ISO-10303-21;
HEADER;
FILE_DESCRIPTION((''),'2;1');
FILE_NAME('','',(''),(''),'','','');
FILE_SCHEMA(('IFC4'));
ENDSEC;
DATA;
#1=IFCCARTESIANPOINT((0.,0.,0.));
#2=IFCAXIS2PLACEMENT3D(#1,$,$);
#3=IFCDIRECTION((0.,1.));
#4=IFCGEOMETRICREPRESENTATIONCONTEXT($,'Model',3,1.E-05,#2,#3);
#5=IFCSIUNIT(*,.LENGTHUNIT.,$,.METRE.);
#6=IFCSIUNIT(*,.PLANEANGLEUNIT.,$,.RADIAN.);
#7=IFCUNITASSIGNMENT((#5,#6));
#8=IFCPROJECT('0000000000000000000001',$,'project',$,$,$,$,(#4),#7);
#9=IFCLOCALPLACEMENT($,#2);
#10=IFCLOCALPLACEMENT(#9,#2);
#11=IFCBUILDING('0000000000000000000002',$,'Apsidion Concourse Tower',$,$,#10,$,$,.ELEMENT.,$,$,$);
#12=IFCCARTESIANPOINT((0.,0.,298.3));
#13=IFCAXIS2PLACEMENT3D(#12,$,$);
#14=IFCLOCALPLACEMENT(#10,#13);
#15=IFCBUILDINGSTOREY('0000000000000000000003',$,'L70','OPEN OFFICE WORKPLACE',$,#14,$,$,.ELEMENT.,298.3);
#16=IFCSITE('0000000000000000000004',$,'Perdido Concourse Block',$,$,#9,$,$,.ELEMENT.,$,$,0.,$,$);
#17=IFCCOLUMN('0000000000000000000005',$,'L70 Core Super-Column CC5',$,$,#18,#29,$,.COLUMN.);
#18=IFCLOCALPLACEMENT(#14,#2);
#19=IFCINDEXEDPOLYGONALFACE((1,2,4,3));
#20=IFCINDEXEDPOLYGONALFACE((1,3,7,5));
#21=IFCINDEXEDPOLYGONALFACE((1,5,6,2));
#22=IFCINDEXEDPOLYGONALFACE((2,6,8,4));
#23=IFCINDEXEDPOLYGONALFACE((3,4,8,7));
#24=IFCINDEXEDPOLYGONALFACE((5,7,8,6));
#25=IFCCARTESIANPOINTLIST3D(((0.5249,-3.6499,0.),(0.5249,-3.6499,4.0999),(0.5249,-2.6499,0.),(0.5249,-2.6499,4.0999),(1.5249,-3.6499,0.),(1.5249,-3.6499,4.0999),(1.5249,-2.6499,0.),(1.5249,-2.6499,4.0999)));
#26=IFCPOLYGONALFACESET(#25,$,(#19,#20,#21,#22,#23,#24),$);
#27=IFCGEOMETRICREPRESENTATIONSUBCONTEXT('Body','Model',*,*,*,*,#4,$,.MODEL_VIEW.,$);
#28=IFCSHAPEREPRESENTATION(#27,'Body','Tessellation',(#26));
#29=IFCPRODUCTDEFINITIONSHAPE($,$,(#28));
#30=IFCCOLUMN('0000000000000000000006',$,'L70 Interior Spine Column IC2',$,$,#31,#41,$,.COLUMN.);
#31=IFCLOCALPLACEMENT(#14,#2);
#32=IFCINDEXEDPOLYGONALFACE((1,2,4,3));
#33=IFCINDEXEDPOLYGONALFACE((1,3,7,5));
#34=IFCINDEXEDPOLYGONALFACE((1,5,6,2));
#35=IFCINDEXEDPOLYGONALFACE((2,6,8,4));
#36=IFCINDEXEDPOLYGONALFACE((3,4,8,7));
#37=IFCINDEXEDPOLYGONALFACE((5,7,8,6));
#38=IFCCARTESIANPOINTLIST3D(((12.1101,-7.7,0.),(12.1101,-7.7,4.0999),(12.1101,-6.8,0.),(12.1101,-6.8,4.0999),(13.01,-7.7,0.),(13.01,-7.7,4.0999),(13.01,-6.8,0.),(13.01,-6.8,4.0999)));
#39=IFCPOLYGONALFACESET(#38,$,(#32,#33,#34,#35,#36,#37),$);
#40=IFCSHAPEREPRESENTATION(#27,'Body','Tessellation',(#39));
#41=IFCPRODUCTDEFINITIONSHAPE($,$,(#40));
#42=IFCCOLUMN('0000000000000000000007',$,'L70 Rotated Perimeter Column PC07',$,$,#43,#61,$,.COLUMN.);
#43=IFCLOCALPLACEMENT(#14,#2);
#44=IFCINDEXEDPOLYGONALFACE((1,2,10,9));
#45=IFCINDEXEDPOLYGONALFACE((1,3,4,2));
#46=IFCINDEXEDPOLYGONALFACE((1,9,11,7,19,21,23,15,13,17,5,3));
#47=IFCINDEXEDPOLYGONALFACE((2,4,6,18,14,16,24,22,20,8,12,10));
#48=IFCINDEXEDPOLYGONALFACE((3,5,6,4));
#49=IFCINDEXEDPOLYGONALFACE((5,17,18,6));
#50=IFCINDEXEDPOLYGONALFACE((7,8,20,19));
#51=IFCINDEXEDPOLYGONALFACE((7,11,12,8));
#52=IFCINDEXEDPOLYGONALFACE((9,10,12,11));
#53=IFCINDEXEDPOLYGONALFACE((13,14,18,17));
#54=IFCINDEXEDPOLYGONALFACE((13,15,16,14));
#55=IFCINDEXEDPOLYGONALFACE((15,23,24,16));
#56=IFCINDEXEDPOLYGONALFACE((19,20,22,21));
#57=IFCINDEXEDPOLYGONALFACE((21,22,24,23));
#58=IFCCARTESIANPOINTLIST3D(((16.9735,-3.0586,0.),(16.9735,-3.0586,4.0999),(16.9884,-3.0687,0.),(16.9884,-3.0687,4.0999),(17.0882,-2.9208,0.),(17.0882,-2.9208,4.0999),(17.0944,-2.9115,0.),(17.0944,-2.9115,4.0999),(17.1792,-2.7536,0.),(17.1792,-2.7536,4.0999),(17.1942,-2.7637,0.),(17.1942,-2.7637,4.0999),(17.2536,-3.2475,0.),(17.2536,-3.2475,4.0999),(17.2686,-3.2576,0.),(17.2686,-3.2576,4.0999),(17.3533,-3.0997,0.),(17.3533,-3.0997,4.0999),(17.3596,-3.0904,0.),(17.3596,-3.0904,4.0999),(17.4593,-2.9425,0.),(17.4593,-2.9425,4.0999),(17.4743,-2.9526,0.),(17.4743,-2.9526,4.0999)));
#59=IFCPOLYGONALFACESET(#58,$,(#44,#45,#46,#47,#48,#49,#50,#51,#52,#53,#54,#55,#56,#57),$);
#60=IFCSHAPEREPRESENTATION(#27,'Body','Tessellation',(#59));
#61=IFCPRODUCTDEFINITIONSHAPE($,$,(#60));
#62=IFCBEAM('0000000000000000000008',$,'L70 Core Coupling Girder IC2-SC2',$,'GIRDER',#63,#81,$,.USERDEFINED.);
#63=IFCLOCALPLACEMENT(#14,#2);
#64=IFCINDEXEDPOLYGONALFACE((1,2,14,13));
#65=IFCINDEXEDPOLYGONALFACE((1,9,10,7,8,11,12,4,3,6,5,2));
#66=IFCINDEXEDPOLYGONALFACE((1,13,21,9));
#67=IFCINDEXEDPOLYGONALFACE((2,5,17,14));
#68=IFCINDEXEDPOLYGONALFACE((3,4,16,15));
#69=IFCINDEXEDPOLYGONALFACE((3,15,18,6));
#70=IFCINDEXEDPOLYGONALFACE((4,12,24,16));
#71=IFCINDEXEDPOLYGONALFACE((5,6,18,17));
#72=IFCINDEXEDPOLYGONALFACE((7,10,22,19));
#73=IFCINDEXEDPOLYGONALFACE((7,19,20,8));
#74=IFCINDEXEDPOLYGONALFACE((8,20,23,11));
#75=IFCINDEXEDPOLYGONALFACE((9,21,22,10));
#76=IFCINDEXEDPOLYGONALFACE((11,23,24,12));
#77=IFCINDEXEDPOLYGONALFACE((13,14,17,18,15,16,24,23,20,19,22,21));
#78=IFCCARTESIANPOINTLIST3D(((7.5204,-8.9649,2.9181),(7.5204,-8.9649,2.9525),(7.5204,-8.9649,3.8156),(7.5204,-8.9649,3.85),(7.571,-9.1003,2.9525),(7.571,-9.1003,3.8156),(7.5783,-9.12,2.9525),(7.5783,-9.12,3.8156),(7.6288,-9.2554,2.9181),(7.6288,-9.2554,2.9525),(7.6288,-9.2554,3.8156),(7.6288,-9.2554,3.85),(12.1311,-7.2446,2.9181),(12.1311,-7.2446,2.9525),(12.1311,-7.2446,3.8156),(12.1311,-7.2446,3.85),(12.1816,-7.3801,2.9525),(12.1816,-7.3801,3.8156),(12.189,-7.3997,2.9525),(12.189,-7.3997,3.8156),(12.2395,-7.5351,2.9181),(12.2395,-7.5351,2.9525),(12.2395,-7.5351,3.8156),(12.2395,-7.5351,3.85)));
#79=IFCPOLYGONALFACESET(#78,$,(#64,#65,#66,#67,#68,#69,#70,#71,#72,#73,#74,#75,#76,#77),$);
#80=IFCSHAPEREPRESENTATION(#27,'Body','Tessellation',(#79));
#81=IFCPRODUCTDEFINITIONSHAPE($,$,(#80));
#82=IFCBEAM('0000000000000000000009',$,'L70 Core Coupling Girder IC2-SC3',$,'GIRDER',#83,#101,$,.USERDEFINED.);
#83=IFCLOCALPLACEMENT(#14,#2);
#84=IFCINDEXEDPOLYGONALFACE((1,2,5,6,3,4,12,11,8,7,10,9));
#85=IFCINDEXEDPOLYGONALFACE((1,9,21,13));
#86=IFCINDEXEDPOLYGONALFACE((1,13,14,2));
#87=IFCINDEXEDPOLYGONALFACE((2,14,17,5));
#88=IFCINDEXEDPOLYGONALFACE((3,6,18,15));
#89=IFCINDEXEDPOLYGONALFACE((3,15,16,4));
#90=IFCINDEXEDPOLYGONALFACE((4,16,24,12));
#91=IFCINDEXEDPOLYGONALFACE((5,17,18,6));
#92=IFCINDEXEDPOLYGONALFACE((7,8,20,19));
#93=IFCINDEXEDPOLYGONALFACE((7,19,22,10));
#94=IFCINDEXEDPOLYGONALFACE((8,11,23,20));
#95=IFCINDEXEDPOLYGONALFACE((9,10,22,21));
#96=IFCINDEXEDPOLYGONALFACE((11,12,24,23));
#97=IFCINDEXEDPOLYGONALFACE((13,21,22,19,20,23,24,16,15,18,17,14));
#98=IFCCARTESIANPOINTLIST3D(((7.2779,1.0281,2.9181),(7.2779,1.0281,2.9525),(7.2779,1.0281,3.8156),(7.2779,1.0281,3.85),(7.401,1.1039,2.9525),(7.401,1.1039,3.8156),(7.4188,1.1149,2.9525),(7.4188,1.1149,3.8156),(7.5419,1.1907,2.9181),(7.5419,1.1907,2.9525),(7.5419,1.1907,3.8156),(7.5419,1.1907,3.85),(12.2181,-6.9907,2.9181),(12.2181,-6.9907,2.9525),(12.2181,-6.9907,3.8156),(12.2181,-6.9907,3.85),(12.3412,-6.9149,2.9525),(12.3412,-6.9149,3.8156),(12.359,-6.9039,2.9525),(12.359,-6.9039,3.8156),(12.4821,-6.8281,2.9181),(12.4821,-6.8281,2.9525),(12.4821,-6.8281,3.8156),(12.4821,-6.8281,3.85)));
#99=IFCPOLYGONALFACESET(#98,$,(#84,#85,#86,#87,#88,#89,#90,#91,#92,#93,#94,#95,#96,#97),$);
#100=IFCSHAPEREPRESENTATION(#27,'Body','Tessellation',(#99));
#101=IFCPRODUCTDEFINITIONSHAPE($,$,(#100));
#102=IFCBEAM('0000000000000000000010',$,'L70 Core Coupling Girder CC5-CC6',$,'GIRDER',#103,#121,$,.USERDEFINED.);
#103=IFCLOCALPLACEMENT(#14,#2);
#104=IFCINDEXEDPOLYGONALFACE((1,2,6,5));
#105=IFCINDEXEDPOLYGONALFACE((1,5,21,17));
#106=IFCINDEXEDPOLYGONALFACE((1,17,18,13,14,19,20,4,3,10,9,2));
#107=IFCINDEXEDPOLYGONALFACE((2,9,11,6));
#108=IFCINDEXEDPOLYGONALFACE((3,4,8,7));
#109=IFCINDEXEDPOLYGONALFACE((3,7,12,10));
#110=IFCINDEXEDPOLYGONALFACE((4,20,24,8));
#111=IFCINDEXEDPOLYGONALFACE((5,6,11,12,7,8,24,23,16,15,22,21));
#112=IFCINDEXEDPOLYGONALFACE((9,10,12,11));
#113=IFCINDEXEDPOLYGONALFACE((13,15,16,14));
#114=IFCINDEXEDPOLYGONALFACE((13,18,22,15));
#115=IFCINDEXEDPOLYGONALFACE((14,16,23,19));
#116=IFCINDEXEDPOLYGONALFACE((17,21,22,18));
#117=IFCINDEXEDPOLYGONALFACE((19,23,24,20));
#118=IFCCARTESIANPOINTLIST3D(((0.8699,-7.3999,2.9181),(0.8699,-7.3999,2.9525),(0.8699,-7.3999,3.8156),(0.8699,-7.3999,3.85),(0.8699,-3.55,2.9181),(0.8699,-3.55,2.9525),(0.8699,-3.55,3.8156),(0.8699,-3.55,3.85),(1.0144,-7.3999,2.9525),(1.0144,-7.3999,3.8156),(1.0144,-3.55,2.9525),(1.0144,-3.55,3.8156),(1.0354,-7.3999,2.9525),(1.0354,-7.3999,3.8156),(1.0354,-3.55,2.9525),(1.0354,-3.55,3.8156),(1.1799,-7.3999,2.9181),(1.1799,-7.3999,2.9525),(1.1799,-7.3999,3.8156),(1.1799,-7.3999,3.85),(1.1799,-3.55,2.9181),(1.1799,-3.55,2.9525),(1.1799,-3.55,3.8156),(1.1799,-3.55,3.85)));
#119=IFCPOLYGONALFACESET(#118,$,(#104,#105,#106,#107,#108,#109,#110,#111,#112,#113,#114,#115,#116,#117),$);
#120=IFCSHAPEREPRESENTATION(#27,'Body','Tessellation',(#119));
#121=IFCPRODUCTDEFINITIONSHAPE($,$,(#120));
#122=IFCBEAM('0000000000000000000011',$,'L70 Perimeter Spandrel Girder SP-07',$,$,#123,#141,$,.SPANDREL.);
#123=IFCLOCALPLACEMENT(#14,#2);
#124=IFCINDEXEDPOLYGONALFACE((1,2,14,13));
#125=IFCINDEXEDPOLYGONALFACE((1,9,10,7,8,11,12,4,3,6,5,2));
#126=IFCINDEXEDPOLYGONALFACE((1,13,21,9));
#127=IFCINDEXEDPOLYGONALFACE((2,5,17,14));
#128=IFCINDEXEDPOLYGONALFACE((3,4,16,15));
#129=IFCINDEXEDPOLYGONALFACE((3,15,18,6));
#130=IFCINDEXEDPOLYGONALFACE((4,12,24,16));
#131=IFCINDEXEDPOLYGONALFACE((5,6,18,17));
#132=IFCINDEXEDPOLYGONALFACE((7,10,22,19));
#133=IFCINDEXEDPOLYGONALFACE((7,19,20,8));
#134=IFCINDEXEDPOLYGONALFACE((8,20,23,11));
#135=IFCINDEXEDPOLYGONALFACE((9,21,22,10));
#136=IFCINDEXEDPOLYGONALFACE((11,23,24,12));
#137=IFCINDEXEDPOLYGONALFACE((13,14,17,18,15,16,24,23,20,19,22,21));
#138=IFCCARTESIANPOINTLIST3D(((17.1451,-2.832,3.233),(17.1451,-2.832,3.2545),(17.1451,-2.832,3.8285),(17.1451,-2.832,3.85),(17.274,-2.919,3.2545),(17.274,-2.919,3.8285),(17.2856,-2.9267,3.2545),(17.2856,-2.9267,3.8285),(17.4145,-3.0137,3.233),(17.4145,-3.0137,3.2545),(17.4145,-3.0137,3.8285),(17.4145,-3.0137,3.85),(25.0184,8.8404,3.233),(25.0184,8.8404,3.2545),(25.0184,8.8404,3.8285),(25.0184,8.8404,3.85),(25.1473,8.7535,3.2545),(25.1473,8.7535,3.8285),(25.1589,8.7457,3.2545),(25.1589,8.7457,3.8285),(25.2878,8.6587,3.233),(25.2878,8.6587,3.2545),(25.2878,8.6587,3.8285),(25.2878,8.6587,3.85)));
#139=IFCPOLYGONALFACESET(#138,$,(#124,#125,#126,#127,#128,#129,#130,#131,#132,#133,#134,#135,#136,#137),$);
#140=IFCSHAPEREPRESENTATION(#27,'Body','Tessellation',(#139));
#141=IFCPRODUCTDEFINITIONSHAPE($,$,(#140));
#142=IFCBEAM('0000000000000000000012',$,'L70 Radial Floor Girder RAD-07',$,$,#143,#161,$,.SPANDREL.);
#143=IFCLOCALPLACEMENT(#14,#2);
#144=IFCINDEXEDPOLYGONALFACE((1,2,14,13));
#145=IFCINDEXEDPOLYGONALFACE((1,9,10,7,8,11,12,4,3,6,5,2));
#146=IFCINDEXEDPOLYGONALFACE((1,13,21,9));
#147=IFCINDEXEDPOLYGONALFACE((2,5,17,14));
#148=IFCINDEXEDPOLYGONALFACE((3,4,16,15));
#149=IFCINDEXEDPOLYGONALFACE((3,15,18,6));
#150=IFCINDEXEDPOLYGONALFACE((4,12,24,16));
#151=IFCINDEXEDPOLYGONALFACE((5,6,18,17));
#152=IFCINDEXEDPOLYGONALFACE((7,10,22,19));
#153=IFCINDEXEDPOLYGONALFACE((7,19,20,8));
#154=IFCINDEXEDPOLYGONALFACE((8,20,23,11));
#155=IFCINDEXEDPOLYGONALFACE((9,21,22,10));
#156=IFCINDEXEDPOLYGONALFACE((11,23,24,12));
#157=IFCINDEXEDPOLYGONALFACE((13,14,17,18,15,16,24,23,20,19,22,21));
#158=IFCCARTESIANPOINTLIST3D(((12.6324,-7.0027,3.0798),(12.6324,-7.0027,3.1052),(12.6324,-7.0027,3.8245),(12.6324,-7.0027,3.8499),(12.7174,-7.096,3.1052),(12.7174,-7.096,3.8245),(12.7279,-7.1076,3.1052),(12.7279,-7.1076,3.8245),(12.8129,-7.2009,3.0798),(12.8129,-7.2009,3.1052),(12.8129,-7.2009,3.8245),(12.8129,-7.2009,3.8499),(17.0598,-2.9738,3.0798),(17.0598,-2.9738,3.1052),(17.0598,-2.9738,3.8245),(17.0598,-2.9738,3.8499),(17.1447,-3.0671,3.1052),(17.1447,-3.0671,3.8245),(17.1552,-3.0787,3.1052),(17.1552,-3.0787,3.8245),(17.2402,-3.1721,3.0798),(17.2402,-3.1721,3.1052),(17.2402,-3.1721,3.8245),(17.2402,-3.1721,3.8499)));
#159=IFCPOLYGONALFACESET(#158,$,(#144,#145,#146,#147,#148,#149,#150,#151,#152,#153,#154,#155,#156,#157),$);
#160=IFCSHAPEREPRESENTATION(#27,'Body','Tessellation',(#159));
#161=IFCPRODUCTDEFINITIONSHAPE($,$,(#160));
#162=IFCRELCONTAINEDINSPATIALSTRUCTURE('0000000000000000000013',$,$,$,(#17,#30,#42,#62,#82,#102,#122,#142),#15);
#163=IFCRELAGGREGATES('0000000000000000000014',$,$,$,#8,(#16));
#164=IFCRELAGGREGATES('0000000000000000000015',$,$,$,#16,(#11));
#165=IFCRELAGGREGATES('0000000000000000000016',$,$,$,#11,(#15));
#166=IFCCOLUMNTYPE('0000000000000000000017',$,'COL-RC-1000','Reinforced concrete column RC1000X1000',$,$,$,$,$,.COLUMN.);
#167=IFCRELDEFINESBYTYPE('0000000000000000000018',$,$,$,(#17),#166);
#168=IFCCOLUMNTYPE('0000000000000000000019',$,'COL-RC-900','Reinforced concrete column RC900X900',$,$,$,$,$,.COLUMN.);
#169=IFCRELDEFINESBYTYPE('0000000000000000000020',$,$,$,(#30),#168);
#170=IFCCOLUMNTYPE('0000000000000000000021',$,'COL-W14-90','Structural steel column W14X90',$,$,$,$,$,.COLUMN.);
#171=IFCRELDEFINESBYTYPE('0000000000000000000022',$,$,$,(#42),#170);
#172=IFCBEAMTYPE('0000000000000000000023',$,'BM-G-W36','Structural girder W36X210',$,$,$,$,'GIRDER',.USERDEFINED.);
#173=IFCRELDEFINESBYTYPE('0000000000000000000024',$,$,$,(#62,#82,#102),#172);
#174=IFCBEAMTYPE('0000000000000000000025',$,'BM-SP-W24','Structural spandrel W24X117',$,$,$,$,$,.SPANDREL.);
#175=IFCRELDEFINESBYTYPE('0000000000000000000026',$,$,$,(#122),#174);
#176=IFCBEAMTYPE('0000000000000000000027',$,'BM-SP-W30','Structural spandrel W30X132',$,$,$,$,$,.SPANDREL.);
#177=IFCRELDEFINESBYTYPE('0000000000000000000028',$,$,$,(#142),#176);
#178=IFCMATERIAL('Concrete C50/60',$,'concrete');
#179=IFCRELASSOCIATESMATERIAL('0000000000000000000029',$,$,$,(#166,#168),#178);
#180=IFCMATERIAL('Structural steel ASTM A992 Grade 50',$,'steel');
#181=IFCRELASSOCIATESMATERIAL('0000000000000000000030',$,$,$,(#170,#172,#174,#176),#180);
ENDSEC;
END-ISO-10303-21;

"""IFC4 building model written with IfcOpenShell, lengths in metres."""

from ifc_helpers import new_model, si_unit, direction, frame, origin, origin_2d, place, context, subcontext, project, spatial, rectangle, i_section, extrude, material, material_profile, profile_set, type_object, element, save


model = new_model("IFC4")

# Units and contexts
model_context = context("Model", 3, precision=1e-05, world=origin(), true_north=direction((0.0, 1.0)))
body_context = subcontext(model_context, "Body", "Model", "MODEL_VIEW")
ifc_project = project(units=[si_unit("LENGTHUNIT", "METRE"), si_unit("PLANEANGLEUNIT", "RADIAN")], contexts=[model_context])

# Site, building, storey
site_placement = place(None, origin())
site = spatial("IfcSite", under=ifc_project, at=site_placement, Name="Perdido Concourse Block", CompositionType="ELEMENT", RefElevation=0.0)
building_placement = place(site_placement, origin())
building = spatial("IfcBuilding", under=site, at=building_placement, Name="Apsidion Concourse Tower", CompositionType="ELEMENT")
storey_placement = place(building_placement, frame((0.0, 0.0, 298.3)))
storey = spatial("IfcBuildingStorey", under=building, at=storey_placement, Name="L70", Description="OPEN OFFICE WORKPLACE", CompositionType="ELEMENT", Elevation=298.3)

# Columns
ifc_material_1 = material(Name="Concrete C50/60", Category="concrete")
ifc_material_profile_1 = material_profile(ifc_material_1, rectangle(XDim=1.0, YDim=1.0, at=origin_2d()), Name="RC 1000x1000")
ifc_profile_set_1 = profile_set([ifc_material_profile_1], Name="Concrete C50/60")
column_type_1 = type_object("IfcColumnType", Name="COL-RC-1000", Description="Reinforced concrete column RC1000X1000", PredefinedType="COLUMN", material=ifc_profile_set_1)
column_1_placement = place(storey_placement, frame((1.0249, -3.1499, 0.0), z_axis=(0.0, 0.0, 1.0), x_axis=(1.0, 0.0, 0.0)))
element("IfcColumn", 1, at=column_1_placement, inside=storey, type_object=column_type_1, Name="L70 Core Super-Column CC5", PredefinedType="COLUMN", context=body_context, shape_type="SweptSolid", body=[
    extrude(rectangle(XDim=1.0, YDim=1.0, at=origin_2d()), origin(), (0.0, 0.0, 1.0), 4.0999),
])
ifc_material_profile_2 = material_profile(ifc_material_1, rectangle(XDim=0.8999, YDim=0.8999, at=origin_2d()), Name="RC 900x900")
ifc_profile_set_2 = profile_set([ifc_material_profile_2], Name="Concrete C50/60")
column_type_2 = type_object("IfcColumnType", Name="COL-RC-900", Description="Reinforced concrete column RC900X900", PredefinedType="COLUMN", material=ifc_profile_set_2)
column_2_placement = place(storey_placement, frame((12.5601, -7.25, 0.0), z_axis=(0.0, 0.0, 1.0), x_axis=(1.0, 0.0, 0.0)))
element("IfcColumn", 2, at=column_2_placement, inside=storey, type_object=column_type_2, Name="L70 Interior Spine Column IC2", PredefinedType="COLUMN", context=body_context, shape_type="SweptSolid", body=[
    extrude(rectangle(XDim=0.8999, YDim=0.8999, at=origin_2d()), origin(), (0.0, 0.0, 1.0), 4.0999),
])
ifc_material_2 = material(Name="Structural steel ASTM A992 Grade 50", Category="steel")
ifc_material_profile_3 = material_profile(ifc_material_2, i_section(OverallWidth=0.3679, OverallDepth=0.356, WebThickness=0.0112, FlangeThickness=0.0181, at=origin_2d()), Name="W14X90")
ifc_profile_set_3 = profile_set([ifc_material_profile_3], Name="Structural steel ASTM A992 Grade 50")
column_type_3 = type_object("IfcColumnType", Name="COL-W14-90", Description="Structural steel column W14X90", PredefinedType="COLUMN", material=ifc_profile_set_3)
column_3_placement = place(storey_placement, frame((17.2239, -3.0056, 0.0), z_axis=(0.0, 0.0, 1.0), x_axis=(0.559193, 0.829038, 0.0)))
element("IfcColumn", 3, at=column_3_placement, inside=storey, type_object=column_type_3, Name="L70 Rotated Perimeter Column PC07", PredefinedType="COLUMN", context=body_context, shape_type="SweptSolid", body=[
    extrude(i_section(OverallWidth=0.3679, OverallDepth=0.356, WebThickness=0.0112, FlangeThickness=0.0181, at=origin_2d()), origin(), (0.0, 0.0, 1.0), 4.0999),
])

# Beams
ifc_material_profile_4 = material_profile(ifc_material_2, i_section(OverallWidth=0.3101, OverallDepth=0.9319, WebThickness=0.021, FlangeThickness=0.0344, at=origin_2d()), Name="W36X210")
ifc_profile_set_4 = profile_set([ifc_material_profile_4], Name="Structural steel ASTM A992 Grade 50")
beam_type_1 = type_object("IfcBeamType", Name="BM-G-W36", Description="Structural girder W36X210", ElementType="GIRDER", PredefinedType="USERDEFINED", material=ifc_profile_set_4)
beam_1_placement = place(storey_placement, frame((12.1853, -7.3899, 3.384), z_axis=(-0.936913, -0.349563, 0.0), x_axis=(0.349563, -0.936913, 0.0)))
element("IfcBeam", 4, at=beam_1_placement, inside=storey, type_object=beam_type_1, Name="L70 Core Coupling Girder IC2-SC2", ObjectType="GIRDER", PredefinedType="USERDEFINED", context=body_context, shape_type="SweptSolid", body=[
    extrude(i_section(OverallWidth=0.3101, OverallDepth=0.9319, WebThickness=0.021, FlangeThickness=0.0344, at=origin_2d()), origin(), (0.0, 0.0, 1.0), 4.9211),
])
beam_2_placement = place(storey_placement, frame((12.3501, -6.9094, 3.384), z_axis=(-0.524524, 0.851396, 0.0), x_axis=(-0.851396, -0.524524, 0.0)))
element("IfcBeam", 5, at=beam_2_placement, inside=storey, type_object=beam_type_1, Name="L70 Core Coupling Girder IC2-SC3", ObjectType="GIRDER", PredefinedType="USERDEFINED", context=body_context, shape_type="SweptSolid", body=[
    extrude(i_section(OverallWidth=0.3101, OverallDepth=0.9319, WebThickness=0.021, FlangeThickness=0.0344, at=origin_2d()), origin(), (0.0, 0.0, 1.0), 9.4185),
])
beam_3_placement = place(storey_placement, frame((1.0249, -3.55, 3.384), z_axis=(0.0, -1.0, 0.0), x_axis=(1.0, 0.0, 0.0)))
element("IfcBeam", 6, at=beam_3_placement, inside=storey, type_object=beam_type_1, Name="L70 Core Coupling Girder CC5-CC6", ObjectType="GIRDER", PredefinedType="USERDEFINED", context=body_context, shape_type="SweptSolid", body=[
    extrude(i_section(OverallWidth=0.3101, OverallDepth=0.9319, WebThickness=0.021, FlangeThickness=0.0344, at=origin_2d()), origin(), (0.0, 0.0, 1.0), 3.8499),
])
ifc_material_profile_5 = material_profile(ifc_material_2, i_section(OverallWidth=0.325, OverallDepth=0.6169, WebThickness=0.0139, FlangeThickness=0.0215, at=origin_2d()), Name="W24X117")
ifc_profile_set_5 = profile_set([ifc_material_profile_5], Name="Structural steel ASTM A992 Grade 50")
beam_type_2 = type_object("IfcBeamType", Name="BM-SP-W24", Description="Structural spandrel W24X117", PredefinedType="SPANDREL", material=ifc_profile_set_5)
beam_4_placement = place(storey_placement, frame((17.2798, -2.9229, 3.5415), z_axis=(0.559202, 0.829032, 0.0), x_axis=(-0.829032, 0.559202, 0.0)))
element("IfcBeam", 7, at=beam_4_placement, inside=storey, type_object=beam_type_2, Name="L70 Perimeter Spandrel Girder SP-07", PredefinedType="SPANDREL", context=body_context, shape_type="SweptSolid", body=[
    extrude(i_section(OverallWidth=0.325, OverallDepth=0.6169, WebThickness=0.0139, FlangeThickness=0.0215, at=origin_2d()), origin(), (0.0, 0.0, 1.0), 14.0796),
])
ifc_material_profile_6 = material_profile(ifc_material_2, i_section(OverallWidth=0.2681, OverallDepth=0.77, WebThickness=0.0156, FlangeThickness=0.0254, at=origin_2d()), Name="W30X132")
ifc_profile_set_6 = profile_set([ifc_material_profile_6], Name="Structural steel ASTM A992 Grade 50")
beam_type_3 = type_object("IfcBeamType", Name="BM-SP-W30", Description="Structural spandrel W30X132", PredefinedType="SPANDREL", material=ifc_profile_set_6)
beam_5_placement = place(storey_placement, frame((12.7227, -7.1018, 3.4648), z_axis=(0.739604, 0.673042, 0.0), x_axis=(-0.673042, 0.739604, 0.0)))
element("IfcBeam", 8, at=beam_5_placement, inside=storey, type_object=beam_type_3, Name="L70 Radial Floor Girder RAD-07", PredefinedType="SPANDREL", context=body_context, shape_type="SweptSolid", body=[
    extrude(i_section(OverallWidth=0.2681, OverallDepth=0.77, WebThickness=0.0156, FlangeThickness=0.0254, at=origin_2d()), origin(), (0.0, 0.0, 1.0), 5.9861),
])

save(model, "model.ifc")
